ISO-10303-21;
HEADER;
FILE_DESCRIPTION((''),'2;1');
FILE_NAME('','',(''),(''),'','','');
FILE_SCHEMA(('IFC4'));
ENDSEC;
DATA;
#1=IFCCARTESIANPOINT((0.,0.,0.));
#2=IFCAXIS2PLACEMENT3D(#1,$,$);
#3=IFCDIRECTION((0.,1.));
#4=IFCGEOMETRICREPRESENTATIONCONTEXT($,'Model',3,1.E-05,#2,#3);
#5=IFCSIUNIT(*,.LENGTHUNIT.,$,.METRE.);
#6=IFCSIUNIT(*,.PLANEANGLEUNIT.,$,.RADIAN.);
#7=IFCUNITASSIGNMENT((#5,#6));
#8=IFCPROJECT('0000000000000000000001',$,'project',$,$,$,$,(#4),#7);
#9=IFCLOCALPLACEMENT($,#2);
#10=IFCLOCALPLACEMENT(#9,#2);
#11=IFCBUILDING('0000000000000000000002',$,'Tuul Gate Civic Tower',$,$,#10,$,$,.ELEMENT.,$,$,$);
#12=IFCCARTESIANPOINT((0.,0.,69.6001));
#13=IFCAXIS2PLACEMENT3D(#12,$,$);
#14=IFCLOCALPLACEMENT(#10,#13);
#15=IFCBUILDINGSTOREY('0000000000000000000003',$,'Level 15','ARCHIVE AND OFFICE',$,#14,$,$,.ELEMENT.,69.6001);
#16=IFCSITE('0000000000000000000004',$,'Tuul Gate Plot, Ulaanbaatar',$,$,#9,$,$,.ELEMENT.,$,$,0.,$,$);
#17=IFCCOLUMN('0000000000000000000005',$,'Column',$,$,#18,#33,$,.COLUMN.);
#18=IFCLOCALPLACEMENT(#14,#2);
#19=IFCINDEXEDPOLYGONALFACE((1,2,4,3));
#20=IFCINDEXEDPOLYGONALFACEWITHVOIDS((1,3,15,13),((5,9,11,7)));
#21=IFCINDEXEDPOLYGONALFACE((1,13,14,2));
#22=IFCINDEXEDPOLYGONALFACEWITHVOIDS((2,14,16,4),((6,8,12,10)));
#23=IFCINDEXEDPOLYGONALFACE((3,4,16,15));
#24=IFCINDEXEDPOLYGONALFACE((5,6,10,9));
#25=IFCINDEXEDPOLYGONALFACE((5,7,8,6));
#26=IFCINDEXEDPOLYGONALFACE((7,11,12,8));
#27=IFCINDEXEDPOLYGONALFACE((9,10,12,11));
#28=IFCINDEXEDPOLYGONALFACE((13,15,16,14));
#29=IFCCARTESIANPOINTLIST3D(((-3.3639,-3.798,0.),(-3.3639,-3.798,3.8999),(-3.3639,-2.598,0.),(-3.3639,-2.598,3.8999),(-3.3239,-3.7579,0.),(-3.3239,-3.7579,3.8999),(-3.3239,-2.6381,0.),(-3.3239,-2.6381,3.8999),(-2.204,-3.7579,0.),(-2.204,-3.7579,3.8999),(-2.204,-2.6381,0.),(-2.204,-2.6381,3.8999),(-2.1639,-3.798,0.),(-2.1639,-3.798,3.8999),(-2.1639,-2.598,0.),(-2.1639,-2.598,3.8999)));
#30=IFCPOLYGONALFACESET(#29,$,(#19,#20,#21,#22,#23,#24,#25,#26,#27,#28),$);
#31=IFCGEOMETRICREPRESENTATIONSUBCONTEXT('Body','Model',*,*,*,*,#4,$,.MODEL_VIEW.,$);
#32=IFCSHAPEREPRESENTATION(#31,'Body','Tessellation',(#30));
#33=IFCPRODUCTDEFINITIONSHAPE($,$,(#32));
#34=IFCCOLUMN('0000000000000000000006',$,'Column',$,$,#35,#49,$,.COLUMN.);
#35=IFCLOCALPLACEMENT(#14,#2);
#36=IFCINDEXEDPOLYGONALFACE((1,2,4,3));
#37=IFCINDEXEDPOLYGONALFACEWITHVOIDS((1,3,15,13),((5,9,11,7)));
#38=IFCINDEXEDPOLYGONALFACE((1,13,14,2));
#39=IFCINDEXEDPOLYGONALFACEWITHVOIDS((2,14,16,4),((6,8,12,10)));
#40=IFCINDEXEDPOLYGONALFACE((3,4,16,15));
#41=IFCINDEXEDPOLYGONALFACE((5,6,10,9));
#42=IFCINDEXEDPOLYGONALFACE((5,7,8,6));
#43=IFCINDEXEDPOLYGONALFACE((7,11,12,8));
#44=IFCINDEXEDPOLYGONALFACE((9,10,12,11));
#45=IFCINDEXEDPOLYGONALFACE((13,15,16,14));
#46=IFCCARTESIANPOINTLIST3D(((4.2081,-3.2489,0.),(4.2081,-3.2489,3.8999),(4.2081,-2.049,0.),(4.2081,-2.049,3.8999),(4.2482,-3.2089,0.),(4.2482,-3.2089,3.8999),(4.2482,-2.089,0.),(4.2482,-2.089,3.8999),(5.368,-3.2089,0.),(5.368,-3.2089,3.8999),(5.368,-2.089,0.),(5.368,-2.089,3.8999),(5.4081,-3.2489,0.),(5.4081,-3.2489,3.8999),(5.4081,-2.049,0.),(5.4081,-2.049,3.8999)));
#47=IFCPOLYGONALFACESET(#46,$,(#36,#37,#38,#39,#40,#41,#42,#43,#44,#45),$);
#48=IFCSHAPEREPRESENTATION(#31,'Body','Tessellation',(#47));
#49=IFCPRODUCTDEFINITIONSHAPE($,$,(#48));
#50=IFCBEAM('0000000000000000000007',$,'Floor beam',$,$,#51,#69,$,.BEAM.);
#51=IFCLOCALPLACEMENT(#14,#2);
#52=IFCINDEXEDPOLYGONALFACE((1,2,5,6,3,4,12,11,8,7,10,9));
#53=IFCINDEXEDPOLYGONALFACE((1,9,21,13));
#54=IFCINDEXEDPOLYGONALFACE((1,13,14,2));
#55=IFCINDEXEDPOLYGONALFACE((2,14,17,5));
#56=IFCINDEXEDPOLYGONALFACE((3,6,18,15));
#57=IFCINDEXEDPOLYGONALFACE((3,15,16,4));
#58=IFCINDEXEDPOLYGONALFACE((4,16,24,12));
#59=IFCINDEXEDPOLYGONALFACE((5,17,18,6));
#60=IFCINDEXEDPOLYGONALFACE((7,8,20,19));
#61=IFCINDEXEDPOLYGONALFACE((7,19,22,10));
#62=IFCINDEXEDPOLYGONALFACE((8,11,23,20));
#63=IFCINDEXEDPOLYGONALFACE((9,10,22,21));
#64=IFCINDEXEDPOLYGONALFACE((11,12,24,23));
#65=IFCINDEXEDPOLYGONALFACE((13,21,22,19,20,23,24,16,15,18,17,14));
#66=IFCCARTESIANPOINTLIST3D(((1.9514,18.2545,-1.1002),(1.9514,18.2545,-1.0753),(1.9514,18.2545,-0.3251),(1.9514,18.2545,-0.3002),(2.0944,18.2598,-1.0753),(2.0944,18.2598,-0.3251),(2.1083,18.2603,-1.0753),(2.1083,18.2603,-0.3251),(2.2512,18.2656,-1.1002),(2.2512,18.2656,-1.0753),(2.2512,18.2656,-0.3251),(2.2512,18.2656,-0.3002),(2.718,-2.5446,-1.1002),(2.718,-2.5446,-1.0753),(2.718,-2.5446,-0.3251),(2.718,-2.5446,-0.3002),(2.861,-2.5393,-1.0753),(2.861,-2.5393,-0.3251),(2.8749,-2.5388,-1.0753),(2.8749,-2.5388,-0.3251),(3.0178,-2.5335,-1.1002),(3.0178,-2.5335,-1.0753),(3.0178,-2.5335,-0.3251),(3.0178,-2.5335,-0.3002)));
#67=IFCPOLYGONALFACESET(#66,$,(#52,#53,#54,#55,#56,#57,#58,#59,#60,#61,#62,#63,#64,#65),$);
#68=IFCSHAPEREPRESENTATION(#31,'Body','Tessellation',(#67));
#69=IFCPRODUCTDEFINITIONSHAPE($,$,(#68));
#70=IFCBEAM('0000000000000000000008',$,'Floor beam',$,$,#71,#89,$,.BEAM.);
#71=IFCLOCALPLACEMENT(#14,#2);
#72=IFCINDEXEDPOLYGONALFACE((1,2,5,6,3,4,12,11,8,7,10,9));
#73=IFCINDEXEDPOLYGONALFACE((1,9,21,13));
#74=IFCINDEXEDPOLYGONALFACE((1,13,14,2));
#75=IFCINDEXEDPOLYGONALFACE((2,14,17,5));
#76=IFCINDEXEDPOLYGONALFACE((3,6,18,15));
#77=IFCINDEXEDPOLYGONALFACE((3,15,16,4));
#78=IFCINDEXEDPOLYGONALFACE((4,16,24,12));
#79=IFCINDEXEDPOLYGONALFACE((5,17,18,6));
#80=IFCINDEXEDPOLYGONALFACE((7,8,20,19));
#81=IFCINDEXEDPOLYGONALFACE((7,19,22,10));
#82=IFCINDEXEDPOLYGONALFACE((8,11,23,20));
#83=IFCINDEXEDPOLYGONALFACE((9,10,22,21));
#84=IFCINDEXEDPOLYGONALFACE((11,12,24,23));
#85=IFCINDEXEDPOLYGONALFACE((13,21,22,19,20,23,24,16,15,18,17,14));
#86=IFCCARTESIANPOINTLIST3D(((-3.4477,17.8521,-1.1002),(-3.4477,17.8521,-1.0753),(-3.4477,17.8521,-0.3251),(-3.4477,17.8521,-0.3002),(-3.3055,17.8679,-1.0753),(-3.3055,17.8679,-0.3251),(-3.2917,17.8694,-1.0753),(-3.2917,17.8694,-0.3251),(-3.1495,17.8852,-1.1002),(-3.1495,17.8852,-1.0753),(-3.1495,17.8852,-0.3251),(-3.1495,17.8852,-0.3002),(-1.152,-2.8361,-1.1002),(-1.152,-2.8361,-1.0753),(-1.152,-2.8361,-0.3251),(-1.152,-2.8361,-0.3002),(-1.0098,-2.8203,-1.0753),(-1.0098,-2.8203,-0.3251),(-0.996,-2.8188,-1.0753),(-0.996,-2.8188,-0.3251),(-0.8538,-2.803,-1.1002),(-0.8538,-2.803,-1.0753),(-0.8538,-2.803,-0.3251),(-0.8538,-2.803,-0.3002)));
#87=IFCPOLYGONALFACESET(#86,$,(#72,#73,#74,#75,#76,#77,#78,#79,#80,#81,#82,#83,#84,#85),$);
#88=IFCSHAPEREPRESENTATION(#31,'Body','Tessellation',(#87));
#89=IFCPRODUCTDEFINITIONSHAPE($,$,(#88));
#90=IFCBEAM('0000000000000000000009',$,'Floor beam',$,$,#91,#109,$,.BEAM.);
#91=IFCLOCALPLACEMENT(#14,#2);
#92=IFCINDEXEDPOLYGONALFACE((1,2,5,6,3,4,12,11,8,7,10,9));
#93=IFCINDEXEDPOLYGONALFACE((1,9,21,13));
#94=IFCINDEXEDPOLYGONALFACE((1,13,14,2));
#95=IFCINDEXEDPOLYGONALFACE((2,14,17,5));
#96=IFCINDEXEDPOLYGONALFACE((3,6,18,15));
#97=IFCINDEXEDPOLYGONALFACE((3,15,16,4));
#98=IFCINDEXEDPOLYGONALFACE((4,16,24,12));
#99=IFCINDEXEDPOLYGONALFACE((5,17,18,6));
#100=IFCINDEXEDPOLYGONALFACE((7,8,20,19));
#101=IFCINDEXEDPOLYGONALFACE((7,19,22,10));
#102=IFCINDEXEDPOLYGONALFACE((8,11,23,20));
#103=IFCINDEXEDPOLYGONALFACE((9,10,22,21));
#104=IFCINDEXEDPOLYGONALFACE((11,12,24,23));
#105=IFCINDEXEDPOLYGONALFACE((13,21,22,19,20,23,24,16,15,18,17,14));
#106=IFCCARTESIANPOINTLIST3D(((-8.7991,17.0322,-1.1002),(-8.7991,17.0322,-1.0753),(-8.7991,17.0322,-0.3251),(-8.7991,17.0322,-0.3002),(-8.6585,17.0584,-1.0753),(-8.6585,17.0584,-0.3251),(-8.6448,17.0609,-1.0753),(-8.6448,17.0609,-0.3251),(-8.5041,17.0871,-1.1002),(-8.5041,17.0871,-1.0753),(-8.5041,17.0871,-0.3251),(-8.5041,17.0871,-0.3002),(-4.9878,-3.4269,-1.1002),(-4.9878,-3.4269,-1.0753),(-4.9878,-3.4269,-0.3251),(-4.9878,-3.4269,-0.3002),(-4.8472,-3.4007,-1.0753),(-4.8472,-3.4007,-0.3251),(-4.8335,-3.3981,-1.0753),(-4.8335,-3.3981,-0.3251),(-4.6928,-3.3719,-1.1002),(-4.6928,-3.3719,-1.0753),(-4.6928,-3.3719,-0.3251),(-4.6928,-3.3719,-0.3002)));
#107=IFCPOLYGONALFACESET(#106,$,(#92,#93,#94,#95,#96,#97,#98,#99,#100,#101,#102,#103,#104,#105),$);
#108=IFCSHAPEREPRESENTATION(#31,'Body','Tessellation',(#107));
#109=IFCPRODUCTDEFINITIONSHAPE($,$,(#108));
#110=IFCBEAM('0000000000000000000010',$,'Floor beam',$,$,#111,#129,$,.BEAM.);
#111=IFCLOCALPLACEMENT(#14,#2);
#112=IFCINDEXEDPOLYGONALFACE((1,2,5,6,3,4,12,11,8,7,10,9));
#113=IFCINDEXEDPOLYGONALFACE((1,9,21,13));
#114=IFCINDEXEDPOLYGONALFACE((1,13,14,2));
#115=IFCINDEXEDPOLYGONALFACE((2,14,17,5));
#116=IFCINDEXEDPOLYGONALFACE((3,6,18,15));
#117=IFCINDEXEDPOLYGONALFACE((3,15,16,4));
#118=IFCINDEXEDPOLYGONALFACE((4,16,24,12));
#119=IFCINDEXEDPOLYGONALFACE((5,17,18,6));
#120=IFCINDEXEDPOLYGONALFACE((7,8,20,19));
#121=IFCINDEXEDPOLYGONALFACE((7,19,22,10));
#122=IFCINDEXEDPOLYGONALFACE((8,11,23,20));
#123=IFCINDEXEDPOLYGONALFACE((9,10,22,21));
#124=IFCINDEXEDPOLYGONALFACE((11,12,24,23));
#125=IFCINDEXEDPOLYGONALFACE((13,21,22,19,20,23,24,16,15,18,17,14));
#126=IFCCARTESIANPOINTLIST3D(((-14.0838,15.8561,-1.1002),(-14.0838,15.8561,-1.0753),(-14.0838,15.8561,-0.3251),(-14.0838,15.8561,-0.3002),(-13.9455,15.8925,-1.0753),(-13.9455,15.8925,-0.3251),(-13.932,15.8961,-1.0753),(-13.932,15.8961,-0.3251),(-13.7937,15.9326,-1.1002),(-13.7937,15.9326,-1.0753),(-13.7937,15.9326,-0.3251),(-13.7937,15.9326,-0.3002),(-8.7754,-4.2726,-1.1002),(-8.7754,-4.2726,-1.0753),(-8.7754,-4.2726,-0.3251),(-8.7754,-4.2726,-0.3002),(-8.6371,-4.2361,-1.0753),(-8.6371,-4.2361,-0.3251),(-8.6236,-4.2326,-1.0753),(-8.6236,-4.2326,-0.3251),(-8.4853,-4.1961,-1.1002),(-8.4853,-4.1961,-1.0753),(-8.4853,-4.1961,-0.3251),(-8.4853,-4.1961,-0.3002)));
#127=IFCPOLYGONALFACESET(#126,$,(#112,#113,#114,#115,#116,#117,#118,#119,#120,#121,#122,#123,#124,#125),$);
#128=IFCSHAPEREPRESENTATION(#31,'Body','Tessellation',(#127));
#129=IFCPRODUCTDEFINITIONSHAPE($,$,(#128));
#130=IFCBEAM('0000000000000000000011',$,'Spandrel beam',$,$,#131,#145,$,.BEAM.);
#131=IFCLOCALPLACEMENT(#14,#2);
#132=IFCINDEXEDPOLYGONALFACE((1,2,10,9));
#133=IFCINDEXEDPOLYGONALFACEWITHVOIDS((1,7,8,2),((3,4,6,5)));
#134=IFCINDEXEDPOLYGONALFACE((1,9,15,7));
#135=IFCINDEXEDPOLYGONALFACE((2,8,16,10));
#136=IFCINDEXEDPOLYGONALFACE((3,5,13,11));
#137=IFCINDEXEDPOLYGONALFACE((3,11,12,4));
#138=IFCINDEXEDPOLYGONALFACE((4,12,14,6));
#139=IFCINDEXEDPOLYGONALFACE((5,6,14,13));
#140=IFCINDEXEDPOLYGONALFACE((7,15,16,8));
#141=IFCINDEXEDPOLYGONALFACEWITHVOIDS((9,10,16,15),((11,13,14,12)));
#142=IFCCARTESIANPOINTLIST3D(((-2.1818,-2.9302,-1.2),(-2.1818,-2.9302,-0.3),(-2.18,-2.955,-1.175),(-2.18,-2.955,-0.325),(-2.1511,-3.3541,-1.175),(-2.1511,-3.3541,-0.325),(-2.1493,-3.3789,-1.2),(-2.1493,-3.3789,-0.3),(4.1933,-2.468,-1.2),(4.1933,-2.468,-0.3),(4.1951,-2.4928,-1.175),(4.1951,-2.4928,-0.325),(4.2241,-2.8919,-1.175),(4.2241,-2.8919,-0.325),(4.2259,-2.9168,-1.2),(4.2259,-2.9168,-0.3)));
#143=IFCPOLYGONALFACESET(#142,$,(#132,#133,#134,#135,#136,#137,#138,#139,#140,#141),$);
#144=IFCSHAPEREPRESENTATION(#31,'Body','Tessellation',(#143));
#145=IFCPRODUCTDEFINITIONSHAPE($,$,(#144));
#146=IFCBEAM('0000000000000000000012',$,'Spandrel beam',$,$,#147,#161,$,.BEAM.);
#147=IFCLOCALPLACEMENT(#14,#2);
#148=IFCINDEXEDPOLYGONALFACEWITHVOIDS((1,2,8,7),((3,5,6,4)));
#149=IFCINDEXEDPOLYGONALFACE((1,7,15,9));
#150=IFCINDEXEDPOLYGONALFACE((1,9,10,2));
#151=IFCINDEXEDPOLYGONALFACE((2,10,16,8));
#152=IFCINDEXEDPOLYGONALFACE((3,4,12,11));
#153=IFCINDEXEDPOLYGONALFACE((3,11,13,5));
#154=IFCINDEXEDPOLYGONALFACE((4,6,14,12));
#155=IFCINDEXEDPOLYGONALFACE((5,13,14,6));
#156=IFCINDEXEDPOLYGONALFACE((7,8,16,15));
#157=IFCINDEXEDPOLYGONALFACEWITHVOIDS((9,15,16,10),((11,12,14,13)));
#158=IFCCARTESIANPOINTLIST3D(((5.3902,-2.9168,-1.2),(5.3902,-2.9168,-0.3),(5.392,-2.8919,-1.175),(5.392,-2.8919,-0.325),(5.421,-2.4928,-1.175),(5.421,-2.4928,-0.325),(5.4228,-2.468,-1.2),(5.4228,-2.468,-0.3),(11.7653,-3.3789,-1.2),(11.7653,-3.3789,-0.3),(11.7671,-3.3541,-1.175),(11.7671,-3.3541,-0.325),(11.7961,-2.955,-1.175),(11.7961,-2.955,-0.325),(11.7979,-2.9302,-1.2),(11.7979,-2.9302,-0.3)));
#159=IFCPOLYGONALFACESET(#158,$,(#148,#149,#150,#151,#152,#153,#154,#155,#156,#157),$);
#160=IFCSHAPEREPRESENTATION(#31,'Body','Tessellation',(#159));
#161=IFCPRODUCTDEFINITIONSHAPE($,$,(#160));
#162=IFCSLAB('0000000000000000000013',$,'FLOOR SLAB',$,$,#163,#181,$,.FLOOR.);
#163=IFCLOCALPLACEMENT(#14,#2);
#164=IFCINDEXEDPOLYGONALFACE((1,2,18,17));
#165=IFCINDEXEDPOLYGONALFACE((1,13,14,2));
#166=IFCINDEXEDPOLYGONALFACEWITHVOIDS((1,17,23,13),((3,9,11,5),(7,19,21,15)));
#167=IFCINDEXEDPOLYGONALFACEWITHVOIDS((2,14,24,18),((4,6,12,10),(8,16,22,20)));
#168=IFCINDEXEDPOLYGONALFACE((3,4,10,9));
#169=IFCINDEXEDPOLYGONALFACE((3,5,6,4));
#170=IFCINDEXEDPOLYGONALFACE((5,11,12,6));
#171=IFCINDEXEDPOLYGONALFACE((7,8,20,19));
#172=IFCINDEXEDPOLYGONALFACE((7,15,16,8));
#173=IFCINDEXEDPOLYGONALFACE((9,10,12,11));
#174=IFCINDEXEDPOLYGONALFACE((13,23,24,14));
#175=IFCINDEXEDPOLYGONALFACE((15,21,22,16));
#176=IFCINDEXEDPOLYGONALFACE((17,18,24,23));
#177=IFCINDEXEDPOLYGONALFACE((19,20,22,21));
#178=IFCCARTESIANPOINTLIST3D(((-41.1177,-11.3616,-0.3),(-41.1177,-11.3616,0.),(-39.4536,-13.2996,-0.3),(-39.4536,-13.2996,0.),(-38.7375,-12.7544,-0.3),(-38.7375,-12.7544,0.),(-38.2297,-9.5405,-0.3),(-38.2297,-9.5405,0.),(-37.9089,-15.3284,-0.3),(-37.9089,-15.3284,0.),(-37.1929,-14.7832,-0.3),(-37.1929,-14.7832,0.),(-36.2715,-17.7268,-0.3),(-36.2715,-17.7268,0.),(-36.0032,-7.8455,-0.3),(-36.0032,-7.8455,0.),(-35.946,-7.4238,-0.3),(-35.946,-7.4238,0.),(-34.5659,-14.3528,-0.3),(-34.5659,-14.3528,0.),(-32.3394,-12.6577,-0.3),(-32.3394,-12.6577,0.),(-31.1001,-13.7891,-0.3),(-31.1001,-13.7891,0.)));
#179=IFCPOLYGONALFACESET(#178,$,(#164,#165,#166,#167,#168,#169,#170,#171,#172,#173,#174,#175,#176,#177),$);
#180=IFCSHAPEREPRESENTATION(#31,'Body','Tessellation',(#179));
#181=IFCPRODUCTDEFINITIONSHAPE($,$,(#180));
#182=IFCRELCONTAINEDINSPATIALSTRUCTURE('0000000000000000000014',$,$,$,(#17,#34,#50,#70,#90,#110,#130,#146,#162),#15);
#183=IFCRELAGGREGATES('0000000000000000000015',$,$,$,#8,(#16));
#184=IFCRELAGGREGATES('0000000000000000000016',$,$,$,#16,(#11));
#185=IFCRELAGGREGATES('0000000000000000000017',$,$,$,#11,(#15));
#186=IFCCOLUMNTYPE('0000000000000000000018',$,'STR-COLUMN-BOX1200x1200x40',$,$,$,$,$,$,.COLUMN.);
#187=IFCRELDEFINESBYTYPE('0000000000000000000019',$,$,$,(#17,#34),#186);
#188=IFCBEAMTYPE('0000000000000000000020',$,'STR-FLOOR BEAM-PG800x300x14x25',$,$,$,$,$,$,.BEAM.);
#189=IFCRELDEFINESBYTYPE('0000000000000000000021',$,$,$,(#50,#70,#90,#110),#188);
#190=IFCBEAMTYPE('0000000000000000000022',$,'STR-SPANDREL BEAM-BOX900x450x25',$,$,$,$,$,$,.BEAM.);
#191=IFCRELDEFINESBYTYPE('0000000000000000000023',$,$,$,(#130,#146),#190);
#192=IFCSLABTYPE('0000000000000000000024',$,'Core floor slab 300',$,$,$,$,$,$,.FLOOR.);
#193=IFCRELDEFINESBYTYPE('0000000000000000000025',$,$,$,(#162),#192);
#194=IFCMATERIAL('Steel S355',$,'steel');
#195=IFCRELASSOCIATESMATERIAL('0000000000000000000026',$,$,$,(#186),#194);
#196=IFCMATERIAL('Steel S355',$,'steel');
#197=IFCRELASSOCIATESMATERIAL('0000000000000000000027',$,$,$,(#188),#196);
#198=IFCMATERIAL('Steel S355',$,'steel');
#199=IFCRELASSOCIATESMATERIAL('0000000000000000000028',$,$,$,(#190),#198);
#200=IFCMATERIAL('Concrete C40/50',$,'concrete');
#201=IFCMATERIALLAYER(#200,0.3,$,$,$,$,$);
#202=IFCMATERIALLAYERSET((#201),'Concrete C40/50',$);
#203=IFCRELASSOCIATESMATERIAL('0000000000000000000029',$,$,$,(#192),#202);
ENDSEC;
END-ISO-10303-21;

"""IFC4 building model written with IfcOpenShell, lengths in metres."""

from ifc_helpers import new_model, si_unit, direction, frame, origin, origin_2d, place, context, subcontext, project, spatial, polyline, hollow_rectangle, i_section, outline, extrude, material, layer, layer_set, material_profile, profile_set, type_object, element, save


model = new_model("IFC4")

# Units and contexts
model_context = context("Model", 3, precision=1e-05, world=origin(), true_north=direction((0.0, 1.0)))
body_context = subcontext(model_context, "Body", "Model", "MODEL_VIEW")
ifc_project = project(units=[si_unit("LENGTHUNIT", "METRE"), si_unit("PLANEANGLEUNIT", "RADIAN")], contexts=[model_context])

# Site, building, storey
site_placement = place(None, origin())
site = spatial("IfcSite", under=ifc_project, at=site_placement, Name="Tuul Gate Plot, Ulaanbaatar", CompositionType="ELEMENT", RefElevation=0.0)
building_placement = place(site_placement, origin())
building = spatial("IfcBuilding", under=site, at=building_placement, Name="Tuul Gate Civic Tower", CompositionType="ELEMENT")
storey_placement = place(building_placement, frame((0.0, 0.0, 69.6001)))
storey = spatial("IfcBuildingStorey", under=building, at=storey_placement, Name="Level 15", Description="ARCHIVE AND OFFICE", CompositionType="ELEMENT", Elevation=69.6001)

# Columns
ifc_material_1 = material(Name="Steel S355", Category="steel")
ifc_material_profile_1 = material_profile(ifc_material_1, hollow_rectangle(XDim=1.2, YDim=1.2, WallThickness=0.04, at=origin_2d()), Name="BOX1200x1200x40")
ifc_profile_set_1 = profile_set([ifc_material_profile_1], Name="Steel S355")
column_type = type_object("IfcColumnType", Name="STR-COLUMN-BOX1200x1200x40", PredefinedType="COLUMN", material=ifc_profile_set_1)
for number, where, z_axis, x_axis, name in (
    (1, (-2.7639, -3.198, 0.0), (0.0, 0.0, 1.0), (1.0, 0.0, 0.0), "Column"),
    (2, (4.8081, -2.6489, 0.0), (0.0, 0.0, 1.0), (1.0, 0.0, 0.0), "Column"),
):
    element("IfcColumn", number, at=place(storey_placement, frame(where, z_axis=z_axis, x_axis=x_axis)), inside=storey, type_object=column_type, Name=name, PredefinedType="COLUMN", context=body_context, shape_type="SweptSolid", body=[
        extrude(hollow_rectangle(XDim=1.2, YDim=1.2, WallThickness=0.04, at=origin_2d()), origin(), (0.0, 0.0, 1.0), 3.8999),
    ])

# Beams
ifc_material_2 = material(Name="Steel S355", Category="steel")
ifc_material_profile_2 = material_profile(ifc_material_2, i_section(OverallWidth=0.3, OverallDepth=0.8, WebThickness=0.0139, FlangeThickness=0.0249, at=origin_2d()), Name="PG800x300x14x25")
ifc_profile_set_2 = profile_set([ifc_material_profile_2], Name="Steel S355")
beam_type_1 = type_object("IfcBeamType", Name="STR-FLOOR BEAM-PG800x300x14x25", PredefinedType="BEAM", material=ifc_profile_set_2)
beam_1_placement = place(storey_placement, frame((2.8679, -2.5391, -0.7002), z_axis=(-0.036832, 0.999321, 0.0), x_axis=(-0.999321, -0.036832, 0.0)))
element("IfcBeam", 3, at=beam_1_placement, inside=storey, type_object=beam_type_1, Name="Floor beam", PredefinedType="BEAM", context=body_context, shape_type="SweptSolid", body=[
    extrude(i_section(OverallWidth=0.3, OverallDepth=0.8, WebThickness=0.0139, FlangeThickness=0.0249, at=origin_2d()), origin(), (0.0, 0.0, 1.0), 20.8132),
])
beam_2_placement = place(storey_placement, frame((-1.0029, -2.8196, -0.7002), z_axis=(-0.110287, 0.9939, 0.0), x_axis=(-0.9939, -0.110287, 0.0)))
element("IfcBeam", 4, at=beam_2_placement, inside=storey, type_object=beam_type_1, Name="Floor beam", PredefinedType="BEAM", context=body_context, shape_type="SweptSolid", body=[
    extrude(i_section(OverallWidth=0.3, OverallDepth=0.8, WebThickness=0.0139, FlangeThickness=0.0249, at=origin_2d()), origin(), (0.0, 0.0, 1.0), 20.8152),
])
beam_3_placement = place(storey_placement, frame((-4.8403, -3.3994, -0.7002), z_axis=(-0.183138, 0.983087, 0.0), x_axis=(-0.983087, -0.183138, 0.0)))
element("IfcBeam", 5, at=beam_3_placement, inside=storey, type_object=beam_type_1, Name="Floor beam", PredefinedType="BEAM", context=body_context, shape_type="SweptSolid", body=[
    extrude(i_section(OverallWidth=0.3, OverallDepth=0.8, WebThickness=0.0139, FlangeThickness=0.0249, at=origin_2d()), origin(), (0.0, 0.0, 1.0), 20.811),
])
beam_4_placement = place(storey_placement, frame((-8.6304, -4.2344, -0.7002), z_axis=(-0.255002, 0.96694, 0.0), x_axis=(-0.96694, -0.255002, 0.0)))
element("IfcBeam", 6, at=beam_4_placement, inside=storey, type_object=beam_type_1, Name="Floor beam", PredefinedType="BEAM", context=body_context, shape_type="SweptSolid", body=[
    extrude(i_section(OverallWidth=0.3, OverallDepth=0.8, WebThickness=0.0139, FlangeThickness=0.0249, at=origin_2d()), origin(), (0.0, 0.0, 1.0), 20.8169),
])
ifc_material_3 = material(Name="Steel S355", Category="steel")
ifc_material_profile_3 = material_profile(ifc_material_3, hollow_rectangle(XDim=0.45, YDim=0.8999, WallThickness=0.0249, at=origin_2d()), Name="BOX900x450x25")
ifc_profile_set_3 = profile_set([ifc_material_profile_3], Name="Steel S355")
beam_type_2 = type_object("IfcBeamType", Name="STR-SPANDREL BEAM-BOX900x450x25", PredefinedType="BEAM", material=ifc_profile_set_3)
for number, where, z_axis, x_axis, name in (
    (7, (-2.1655, -3.1545, -0.75), (0.997383, 0.072306, 0.0), (-0.072306, 0.997383, 0.0), "Spandrel beam"),
    (8, (5.4065, -2.6924, -0.75), (0.997383, -0.072306, 0.0), (0.072306, 0.997383, 0.0), "Spandrel beam"),
):
    element("IfcBeam", number, at=place(storey_placement, frame(where, z_axis=z_axis, x_axis=x_axis)), inside=storey, type_object=beam_type_2, Name=name, PredefinedType="BEAM", context=body_context, shape_type="SweptSolid", body=[
        extrude(hollow_rectangle(XDim=0.45, YDim=0.8999, WallThickness=0.0249, at=origin_2d()), origin(), (0.0, 0.0, 1.0), 6.3918),
    ])

# Slab
ifc_material_4 = material(Name="Concrete C40/50", Category="concrete")
ifc_layer_1 = layer(ifc_material_4, 0.3)
ifc_layer_set_1 = layer_set([ifc_layer_1], Name="Concrete C40/50")
slab_type_1 = type_object("IfcSlabType", Name="Core floor slab 300", PredefinedType="FLOOR", material=ifc_layer_set_1)
slab_1_placement = place(storey_placement, frame((0.0, 0.0, -0.3)))
element("IfcSlab", 9, at=slab_1_placement, inside=storey, type_object=slab_type_1, Name="FLOOR SLAB", PredefinedType="FLOOR", context=body_context, shape_type="SweptSolid", body=[
    extrude(outline(polyline([(-31.1001, -13.7891), (-35.946, -7.4238), (-41.1177, -11.3616), (-36.2715, -17.7268), (-31.1001, -13.7891)]), holes=[polyline([(-37.1929, -14.7832), (-38.7375, -12.7544), (-39.4536, -13.2996), (-37.9089, -15.3284), (-37.1929, -14.7832)]), polyline([(-32.3394, -12.6577), (-34.5659, -14.3528), (-38.2297, -9.5405), (-36.0032, -7.8455), (-32.3394, -12.6577)])]), origin(), (0.0, 0.0, 1.0), 0.3),
])

save(model, "model.ifc")
